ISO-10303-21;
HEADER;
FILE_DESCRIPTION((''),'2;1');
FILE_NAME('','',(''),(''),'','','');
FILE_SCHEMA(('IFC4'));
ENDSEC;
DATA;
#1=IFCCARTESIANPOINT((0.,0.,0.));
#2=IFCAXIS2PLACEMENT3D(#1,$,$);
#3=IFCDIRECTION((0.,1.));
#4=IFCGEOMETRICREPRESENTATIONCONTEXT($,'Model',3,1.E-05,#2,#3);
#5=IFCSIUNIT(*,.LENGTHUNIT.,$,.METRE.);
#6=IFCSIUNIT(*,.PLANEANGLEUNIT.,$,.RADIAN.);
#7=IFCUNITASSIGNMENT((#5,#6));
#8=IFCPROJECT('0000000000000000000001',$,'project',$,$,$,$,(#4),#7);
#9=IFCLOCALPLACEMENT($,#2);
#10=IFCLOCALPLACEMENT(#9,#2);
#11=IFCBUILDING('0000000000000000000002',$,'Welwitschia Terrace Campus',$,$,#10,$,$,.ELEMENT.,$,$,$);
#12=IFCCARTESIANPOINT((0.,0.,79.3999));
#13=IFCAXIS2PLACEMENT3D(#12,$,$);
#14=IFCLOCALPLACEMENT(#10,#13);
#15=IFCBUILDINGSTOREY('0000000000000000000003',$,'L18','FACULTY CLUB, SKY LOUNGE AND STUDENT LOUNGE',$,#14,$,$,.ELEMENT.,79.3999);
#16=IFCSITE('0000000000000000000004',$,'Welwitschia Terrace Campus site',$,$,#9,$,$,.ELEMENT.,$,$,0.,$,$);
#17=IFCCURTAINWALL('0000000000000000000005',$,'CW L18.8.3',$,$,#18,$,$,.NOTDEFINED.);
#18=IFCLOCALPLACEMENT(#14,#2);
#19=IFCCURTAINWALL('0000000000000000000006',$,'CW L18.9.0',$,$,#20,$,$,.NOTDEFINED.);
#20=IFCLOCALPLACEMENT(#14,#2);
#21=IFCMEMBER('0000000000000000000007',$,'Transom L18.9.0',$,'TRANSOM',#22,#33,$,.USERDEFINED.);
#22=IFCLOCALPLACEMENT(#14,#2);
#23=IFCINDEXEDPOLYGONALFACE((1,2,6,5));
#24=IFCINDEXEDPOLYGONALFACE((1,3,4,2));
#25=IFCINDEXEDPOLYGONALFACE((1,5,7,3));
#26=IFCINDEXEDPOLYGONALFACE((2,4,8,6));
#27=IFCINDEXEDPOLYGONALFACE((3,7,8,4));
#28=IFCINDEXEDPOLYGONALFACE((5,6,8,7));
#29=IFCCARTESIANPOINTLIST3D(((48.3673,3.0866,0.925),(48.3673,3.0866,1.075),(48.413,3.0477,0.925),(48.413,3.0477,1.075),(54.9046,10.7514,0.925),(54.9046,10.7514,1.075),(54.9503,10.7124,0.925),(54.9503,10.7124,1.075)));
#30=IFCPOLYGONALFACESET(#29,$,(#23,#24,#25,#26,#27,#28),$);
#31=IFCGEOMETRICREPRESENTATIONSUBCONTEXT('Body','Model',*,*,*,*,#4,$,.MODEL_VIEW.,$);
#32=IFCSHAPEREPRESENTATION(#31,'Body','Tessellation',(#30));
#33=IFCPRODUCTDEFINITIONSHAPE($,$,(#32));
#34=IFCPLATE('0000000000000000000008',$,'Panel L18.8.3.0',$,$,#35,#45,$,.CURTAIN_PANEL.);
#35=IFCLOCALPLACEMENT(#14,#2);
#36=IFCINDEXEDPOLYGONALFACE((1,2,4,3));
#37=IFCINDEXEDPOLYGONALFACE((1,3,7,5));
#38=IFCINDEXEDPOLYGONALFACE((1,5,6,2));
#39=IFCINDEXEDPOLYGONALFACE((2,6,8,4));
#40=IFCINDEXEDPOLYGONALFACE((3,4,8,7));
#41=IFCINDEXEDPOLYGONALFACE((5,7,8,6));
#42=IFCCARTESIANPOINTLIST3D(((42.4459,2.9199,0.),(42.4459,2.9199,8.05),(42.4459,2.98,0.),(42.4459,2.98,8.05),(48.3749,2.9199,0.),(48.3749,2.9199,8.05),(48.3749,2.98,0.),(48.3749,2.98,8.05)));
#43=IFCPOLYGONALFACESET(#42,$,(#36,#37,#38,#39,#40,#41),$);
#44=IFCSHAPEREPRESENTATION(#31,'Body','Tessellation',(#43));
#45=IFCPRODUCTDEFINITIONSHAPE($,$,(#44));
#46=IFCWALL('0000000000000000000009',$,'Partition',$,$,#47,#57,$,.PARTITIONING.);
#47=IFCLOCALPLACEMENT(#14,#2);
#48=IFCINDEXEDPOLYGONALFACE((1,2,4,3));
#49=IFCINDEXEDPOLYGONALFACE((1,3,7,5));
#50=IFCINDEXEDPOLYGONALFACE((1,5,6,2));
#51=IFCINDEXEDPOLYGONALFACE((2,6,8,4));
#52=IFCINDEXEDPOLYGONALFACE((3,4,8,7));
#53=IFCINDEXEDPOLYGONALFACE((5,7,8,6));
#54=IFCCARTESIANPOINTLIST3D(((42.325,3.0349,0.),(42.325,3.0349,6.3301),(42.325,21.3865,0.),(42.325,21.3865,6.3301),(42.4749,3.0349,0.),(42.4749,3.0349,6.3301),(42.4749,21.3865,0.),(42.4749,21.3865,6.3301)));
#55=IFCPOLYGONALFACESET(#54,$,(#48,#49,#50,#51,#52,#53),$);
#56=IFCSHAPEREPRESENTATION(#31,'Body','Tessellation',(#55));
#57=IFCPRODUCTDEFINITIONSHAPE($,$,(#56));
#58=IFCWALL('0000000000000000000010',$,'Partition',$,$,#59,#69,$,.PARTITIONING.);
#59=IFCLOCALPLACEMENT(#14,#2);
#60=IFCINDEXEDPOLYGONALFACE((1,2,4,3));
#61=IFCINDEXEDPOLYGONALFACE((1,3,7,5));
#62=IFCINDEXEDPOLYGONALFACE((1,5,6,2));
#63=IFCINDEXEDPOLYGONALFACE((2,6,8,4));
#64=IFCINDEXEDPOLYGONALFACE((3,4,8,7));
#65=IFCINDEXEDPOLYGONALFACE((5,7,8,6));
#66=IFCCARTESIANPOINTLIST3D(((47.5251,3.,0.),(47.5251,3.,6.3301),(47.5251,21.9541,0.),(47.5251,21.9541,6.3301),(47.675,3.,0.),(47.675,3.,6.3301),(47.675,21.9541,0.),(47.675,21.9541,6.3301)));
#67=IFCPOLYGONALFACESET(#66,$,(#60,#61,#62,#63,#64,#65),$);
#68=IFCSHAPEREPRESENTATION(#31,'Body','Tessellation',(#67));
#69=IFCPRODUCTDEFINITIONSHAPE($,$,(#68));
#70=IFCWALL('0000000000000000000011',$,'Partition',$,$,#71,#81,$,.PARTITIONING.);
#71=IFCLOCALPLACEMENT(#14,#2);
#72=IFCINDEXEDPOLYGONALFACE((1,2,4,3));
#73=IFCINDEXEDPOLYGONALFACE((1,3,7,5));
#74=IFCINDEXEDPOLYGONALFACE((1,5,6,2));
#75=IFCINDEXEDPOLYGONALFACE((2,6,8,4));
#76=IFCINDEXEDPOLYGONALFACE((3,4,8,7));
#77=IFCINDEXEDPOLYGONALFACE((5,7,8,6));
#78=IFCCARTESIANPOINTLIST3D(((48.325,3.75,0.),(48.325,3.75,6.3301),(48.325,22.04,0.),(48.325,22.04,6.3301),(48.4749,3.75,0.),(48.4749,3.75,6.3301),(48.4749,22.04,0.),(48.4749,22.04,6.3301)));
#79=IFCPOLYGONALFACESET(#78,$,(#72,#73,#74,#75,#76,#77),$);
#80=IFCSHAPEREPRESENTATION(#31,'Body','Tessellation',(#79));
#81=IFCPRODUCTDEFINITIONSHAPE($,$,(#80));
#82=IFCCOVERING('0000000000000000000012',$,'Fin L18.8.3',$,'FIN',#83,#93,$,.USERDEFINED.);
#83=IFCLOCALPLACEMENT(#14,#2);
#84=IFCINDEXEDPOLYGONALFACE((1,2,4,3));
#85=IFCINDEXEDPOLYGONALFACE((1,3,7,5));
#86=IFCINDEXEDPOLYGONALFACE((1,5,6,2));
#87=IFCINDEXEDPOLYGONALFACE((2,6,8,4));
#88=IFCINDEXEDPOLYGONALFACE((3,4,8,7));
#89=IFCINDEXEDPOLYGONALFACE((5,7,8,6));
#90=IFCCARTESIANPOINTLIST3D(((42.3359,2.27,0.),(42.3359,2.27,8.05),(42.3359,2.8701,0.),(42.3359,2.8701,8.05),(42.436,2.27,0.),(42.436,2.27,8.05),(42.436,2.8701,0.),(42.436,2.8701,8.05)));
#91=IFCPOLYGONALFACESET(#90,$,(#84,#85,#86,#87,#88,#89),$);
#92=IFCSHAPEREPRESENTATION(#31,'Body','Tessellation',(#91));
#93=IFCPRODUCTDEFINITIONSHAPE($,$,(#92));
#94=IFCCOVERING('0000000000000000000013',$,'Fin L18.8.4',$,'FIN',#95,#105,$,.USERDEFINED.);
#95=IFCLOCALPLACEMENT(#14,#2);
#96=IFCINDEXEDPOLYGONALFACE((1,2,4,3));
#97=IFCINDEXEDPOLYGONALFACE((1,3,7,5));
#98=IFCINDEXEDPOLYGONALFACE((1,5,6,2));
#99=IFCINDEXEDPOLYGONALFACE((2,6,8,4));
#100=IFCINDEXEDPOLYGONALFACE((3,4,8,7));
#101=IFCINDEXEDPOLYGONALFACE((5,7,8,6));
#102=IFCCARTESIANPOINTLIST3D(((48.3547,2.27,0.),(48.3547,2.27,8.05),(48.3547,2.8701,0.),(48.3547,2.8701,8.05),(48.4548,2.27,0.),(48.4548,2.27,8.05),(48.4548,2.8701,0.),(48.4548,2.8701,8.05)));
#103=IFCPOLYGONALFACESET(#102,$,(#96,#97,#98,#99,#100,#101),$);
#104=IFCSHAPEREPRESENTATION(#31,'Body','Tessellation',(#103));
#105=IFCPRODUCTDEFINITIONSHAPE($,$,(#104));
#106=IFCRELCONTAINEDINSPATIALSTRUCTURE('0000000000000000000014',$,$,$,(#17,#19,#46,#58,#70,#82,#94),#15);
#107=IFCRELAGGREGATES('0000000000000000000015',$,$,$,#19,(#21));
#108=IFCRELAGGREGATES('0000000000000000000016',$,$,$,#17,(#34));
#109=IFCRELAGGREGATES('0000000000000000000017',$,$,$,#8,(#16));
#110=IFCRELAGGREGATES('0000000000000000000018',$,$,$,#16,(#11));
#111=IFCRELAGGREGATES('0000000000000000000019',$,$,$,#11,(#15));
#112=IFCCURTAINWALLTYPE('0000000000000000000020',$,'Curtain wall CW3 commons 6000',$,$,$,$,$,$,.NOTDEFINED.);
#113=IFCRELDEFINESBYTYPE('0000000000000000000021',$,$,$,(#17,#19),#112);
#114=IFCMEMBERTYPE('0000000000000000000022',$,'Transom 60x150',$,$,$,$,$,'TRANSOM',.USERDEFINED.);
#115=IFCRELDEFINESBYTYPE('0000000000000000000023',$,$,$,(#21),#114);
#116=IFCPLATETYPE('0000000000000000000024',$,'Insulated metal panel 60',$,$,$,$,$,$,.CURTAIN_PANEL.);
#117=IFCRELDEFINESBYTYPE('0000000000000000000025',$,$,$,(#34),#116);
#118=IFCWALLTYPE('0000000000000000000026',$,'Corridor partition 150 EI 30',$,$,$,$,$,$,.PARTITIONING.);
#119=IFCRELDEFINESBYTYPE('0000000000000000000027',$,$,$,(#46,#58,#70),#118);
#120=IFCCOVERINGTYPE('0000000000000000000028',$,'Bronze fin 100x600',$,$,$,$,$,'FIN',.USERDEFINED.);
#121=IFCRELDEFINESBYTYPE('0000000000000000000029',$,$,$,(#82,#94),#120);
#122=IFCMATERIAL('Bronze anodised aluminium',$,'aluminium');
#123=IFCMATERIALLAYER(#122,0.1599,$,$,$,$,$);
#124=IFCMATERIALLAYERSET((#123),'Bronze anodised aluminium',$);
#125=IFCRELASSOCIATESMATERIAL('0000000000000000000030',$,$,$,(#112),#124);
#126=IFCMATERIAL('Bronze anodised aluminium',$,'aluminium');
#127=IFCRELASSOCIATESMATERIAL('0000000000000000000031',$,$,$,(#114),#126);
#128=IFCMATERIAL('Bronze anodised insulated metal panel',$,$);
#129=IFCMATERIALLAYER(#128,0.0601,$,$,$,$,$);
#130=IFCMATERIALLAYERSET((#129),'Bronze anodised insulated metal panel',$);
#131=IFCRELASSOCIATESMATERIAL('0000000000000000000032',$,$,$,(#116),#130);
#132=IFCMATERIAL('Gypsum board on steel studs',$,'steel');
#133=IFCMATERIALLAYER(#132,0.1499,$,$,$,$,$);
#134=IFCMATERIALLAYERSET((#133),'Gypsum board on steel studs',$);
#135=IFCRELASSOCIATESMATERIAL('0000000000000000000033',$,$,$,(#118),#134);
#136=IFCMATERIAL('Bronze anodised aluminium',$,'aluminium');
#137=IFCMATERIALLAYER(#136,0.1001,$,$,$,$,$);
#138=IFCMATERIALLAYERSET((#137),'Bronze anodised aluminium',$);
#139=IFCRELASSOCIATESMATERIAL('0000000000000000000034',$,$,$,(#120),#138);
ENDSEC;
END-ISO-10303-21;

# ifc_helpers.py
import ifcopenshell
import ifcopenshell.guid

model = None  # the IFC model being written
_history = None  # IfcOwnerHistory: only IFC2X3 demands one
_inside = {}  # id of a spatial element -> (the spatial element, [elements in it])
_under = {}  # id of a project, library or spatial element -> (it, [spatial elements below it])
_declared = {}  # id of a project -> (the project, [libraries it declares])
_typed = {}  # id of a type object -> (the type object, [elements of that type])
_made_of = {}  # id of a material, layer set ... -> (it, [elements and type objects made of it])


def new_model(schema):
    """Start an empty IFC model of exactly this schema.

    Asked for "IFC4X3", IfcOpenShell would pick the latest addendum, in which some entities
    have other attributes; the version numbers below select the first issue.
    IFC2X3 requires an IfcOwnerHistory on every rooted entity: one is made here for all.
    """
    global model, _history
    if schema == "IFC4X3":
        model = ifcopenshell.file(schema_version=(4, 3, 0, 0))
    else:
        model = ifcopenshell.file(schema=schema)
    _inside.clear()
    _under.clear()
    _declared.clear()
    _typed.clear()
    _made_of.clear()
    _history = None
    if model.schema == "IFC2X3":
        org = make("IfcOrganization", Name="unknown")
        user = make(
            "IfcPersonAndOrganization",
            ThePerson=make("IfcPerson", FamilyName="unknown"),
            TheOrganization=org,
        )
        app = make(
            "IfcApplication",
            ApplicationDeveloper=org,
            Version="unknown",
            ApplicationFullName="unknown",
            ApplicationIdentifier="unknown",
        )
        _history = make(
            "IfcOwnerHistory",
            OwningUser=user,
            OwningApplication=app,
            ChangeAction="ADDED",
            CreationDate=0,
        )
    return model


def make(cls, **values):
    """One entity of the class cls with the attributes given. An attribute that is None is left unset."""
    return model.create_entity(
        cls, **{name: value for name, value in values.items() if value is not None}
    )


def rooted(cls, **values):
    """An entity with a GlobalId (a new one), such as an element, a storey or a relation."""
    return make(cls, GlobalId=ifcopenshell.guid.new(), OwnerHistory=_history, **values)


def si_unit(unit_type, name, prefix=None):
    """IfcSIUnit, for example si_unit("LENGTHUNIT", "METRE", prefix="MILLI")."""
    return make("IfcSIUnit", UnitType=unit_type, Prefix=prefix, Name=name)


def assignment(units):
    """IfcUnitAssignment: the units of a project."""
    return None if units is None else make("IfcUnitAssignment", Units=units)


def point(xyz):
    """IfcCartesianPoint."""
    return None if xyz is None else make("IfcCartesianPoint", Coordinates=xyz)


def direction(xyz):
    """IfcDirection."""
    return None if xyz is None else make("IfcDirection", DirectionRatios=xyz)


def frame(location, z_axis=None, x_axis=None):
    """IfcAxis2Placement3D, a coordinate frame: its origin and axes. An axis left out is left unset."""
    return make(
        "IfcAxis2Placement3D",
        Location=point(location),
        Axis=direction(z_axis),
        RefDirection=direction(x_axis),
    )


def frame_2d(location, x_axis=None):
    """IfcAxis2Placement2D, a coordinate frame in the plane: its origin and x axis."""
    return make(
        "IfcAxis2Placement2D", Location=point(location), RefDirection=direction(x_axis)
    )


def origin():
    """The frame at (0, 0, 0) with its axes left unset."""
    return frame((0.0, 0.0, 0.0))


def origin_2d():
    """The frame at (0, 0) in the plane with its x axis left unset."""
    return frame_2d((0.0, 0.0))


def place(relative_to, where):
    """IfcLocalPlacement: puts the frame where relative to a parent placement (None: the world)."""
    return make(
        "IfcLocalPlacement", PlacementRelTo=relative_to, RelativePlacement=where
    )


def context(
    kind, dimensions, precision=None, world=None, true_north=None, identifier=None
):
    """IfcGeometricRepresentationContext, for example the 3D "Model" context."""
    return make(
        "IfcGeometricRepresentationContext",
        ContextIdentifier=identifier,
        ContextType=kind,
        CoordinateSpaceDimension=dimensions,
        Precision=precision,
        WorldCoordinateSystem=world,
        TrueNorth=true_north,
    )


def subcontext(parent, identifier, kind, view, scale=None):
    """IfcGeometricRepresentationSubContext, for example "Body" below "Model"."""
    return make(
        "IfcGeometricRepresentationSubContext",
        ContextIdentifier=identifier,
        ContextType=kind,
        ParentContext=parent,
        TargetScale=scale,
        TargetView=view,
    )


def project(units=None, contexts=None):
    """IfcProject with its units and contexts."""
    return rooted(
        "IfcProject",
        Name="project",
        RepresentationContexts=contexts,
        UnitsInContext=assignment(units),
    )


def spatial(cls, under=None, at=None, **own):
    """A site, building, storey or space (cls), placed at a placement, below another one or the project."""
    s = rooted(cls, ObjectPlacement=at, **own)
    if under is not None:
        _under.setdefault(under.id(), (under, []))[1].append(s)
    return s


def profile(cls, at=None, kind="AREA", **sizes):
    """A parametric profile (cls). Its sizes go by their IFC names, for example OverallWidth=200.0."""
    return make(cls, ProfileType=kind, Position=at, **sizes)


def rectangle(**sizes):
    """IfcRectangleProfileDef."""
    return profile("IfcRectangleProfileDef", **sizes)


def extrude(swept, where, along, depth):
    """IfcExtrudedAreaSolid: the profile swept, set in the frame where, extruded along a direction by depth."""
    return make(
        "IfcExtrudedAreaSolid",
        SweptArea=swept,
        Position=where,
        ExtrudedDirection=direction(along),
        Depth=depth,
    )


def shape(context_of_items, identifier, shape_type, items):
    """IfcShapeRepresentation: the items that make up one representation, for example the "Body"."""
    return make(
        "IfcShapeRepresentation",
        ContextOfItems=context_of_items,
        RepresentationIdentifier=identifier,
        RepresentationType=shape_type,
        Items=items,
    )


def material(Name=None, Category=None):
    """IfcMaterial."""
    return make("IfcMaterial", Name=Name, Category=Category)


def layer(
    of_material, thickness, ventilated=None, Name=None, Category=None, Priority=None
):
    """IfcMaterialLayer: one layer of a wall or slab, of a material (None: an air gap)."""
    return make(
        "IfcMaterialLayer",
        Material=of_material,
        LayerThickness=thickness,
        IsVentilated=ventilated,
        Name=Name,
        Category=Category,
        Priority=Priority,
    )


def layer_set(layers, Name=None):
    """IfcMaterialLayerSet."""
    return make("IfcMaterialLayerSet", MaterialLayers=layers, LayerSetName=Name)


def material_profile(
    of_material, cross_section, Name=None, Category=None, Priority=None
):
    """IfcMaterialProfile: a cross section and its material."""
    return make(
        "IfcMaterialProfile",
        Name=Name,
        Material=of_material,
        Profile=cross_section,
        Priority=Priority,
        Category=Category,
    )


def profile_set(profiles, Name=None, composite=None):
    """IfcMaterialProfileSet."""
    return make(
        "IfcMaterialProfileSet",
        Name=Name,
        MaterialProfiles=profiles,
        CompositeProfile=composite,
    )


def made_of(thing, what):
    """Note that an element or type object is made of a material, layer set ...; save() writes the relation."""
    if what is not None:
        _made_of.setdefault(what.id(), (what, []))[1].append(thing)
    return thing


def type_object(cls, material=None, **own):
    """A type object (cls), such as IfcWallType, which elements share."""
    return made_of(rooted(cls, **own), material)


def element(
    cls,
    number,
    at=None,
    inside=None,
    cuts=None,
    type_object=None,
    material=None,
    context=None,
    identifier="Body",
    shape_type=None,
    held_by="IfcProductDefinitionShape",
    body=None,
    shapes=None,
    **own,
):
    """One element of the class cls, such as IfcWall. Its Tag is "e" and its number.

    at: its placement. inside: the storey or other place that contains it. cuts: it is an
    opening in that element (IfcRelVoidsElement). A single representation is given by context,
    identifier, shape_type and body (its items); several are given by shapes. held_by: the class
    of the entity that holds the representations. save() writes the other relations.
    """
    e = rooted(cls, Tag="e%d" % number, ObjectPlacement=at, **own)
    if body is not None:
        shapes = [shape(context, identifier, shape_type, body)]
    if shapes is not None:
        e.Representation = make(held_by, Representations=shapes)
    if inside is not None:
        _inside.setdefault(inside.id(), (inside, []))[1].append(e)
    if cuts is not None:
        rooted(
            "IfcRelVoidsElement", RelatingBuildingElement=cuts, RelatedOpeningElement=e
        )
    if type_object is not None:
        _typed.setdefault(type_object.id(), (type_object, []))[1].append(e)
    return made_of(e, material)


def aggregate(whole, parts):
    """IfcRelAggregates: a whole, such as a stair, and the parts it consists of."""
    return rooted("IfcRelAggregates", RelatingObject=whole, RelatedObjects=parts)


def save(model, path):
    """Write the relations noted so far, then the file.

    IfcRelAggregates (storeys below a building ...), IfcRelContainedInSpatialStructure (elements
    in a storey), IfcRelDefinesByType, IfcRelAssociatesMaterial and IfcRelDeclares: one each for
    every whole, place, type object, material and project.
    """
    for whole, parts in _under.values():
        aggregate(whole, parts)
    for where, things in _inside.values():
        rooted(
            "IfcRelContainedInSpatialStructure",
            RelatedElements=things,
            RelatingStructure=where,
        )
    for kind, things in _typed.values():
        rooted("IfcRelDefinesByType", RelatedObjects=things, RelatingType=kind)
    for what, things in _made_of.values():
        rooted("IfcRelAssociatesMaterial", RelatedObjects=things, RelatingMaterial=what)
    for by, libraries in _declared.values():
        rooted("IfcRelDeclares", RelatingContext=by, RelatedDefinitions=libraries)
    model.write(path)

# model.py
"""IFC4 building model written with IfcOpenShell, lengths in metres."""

from ifc_helpers import new_model, si_unit, direction, frame, frame_2d, origin, origin_2d, place, context, subcontext, project, spatial, rectangle, extrude, material, layer, layer_set, material_profile, profile_set, type_object, element, aggregate, save


model = new_model("IFC4")

# Units and contexts
model_context = context("Model", 3, precision=1e-05, world=origin(), true_north=direction((0.0, 1.0)))
body_context = subcontext(model_context, "Body", "Model", "MODEL_VIEW")
ifc_project = project(units=[si_unit("LENGTHUNIT", "METRE"), si_unit("PLANEANGLEUNIT", "RADIAN")], contexts=[model_context])

# Site, building, storey
site_placement = place(None, origin())
site = spatial("IfcSite", under=ifc_project, at=site_placement, Name="Welwitschia Terrace Campus site", CompositionType="ELEMENT", RefElevation=0.0)
building_placement = place(site_placement, origin())
building = spatial("IfcBuilding", under=site, at=building_placement, Name="Welwitschia Terrace Campus", CompositionType="ELEMENT")
storey_placement = place(building_placement, frame((0.0, 0.0, 79.3999)))
storey = spatial("IfcBuildingStorey", under=building, at=storey_placement, Name="L18", Description="FACULTY CLUB, SKY LOUNGE AND STUDENT LOUNGE", CompositionType="ELEMENT", Elevation=79.3999)

# Curtain wall
ifc_material_1 = material(Name="Bronze anodised aluminium", Category="aluminium")
ifc_layer_1 = layer(ifc_material_1, 0.1599)
ifc_layer_set_1 = layer_set([ifc_layer_1], Name="Bronze anodised aluminium")
curtain_wall_type = type_object("IfcCurtainWallType", Name="Curtain wall CW3 commons 6000", PredefinedType="NOTDEFINED", material=ifc_layer_set_1)
curtain_wall_1_placement = place(storey_placement, origin())
curtain_wall_1 = element("IfcCurtainWall", 1, at=curtain_wall_1_placement, inside=storey, type_object=curtain_wall_type, Name="CW L18.8.3", PredefinedType="NOTDEFINED")

# Shared definitions
ifc_material_2 = material(Name="Bronze anodised aluminium", Category="aluminium")
ifc_material_profile_1 = material_profile(ifc_material_2, rectangle(XDim=0.0601, YDim=0.1499, at=origin_2d()))
ifc_profile_set_1 = profile_set([ifc_material_profile_1], Name="Bronze anodised aluminium")
member_type_1 = type_object("IfcMemberType", Name="Transom 60x150", ElementType="TRANSOM", PredefinedType="USERDEFINED", material=ifc_profile_set_1)

# Curtain wall, member
curtain_wall_2_placement = place(storey_placement, origin())
curtain_wall_2 = element("IfcCurtainWall", 2, at=curtain_wall_2_placement, inside=storey, type_object=curtain_wall_type, Name="CW L18.9.0", PredefinedType="NOTDEFINED")
member_1_placement = place(storey_placement, frame((48.3901, 3.0671, 1.0), z_axis=(0.648931, 0.760847, 0.0), x_axis=(-0.760847, 0.648931, 0.0)))
member_1 = element("IfcMember", 3, at=member_1_placement, type_object=member_type_1, Name="Transom L18.9.0", ObjectType="TRANSOM", PredefinedType="USERDEFINED", context=body_context, shape_type="SweptSolid", body=[
    extrude(rectangle(XDim=0.0601, YDim=0.1499, at=origin_2d()), origin(), (0.0, 0.0, 1.0), 10.074),
])
aggregate(curtain_wall_2, [member_1])

# Plate
ifc_material_3 = material(Name="Bronze anodised insulated metal panel")
ifc_layer_2 = layer(ifc_material_3, 0.0601)
ifc_layer_set_2 = layer_set([ifc_layer_2], Name="Bronze anodised insulated metal panel")
plate_type = type_object("IfcPlateType", Name="Insulated metal panel 60", PredefinedType="CURTAIN_PANEL", material=ifc_layer_set_2)
plate_placement = place(storey_placement, frame((45.4104, 2.95, 0.0), z_axis=(0.0, 0.0, 1.0), x_axis=(1.0, 0.0, 0.0)))
plate = element("IfcPlate", 4, at=plate_placement, type_object=plate_type, Name="Panel L18.8.3.0", PredefinedType="CURTAIN_PANEL", context=body_context, shape_type="SweptSolid", body=[
    extrude(rectangle(XDim=5.929, YDim=0.0601, at=origin_2d()), origin(), (0.0, 0.0, 1.0), 8.05),
])
aggregate(curtain_wall_1, [plate])

# Walls
ifc_material_4 = material(Name="Gypsum board on steel studs", Category="steel")
ifc_layer_3 = layer(ifc_material_4, 0.1499)
ifc_layer_set_3 = layer_set([ifc_layer_3], Name="Gypsum board on steel studs")
wall_type = type_object("IfcWallType", Name="Corridor partition 150 EI 30", PredefinedType="PARTITIONING", material=ifc_layer_set_3)
wall_1_placement = place(storey_placement, frame((42.3999, 3.0349, 0.0), z_axis=(0.0, 0.0, 1.0), x_axis=(0.0, 1.0, 0.0)))
element("IfcWall", 5, at=wall_1_placement, inside=storey, type_object=wall_type, Name="Partition", PredefinedType="PARTITIONING", context=body_context, shape_type="SweptSolid", body=[
    extrude(rectangle(XDim=18.3516, YDim=0.1499, at=frame_2d((9.1758, 0.0))), origin(), (0.0, 0.0, 1.0), 6.3301),
])
wall_2_placement = place(storey_placement, frame((47.6001, 3.0, 0.0), z_axis=(0.0, 0.0, 1.0), x_axis=(0.0, 1.0, 0.0)))
element("IfcWall", 6, at=wall_2_placement, inside=storey, type_object=wall_type, Name="Partition", PredefinedType="PARTITIONING", context=body_context, shape_type="SweptSolid", body=[
    extrude(rectangle(XDim=18.9541, YDim=0.1499, at=frame_2d((9.4771, 0.0))), origin(), (0.0, 0.0, 1.0), 6.3301),
])
wall_3_placement = place(storey_placement, frame((48.3999, 3.75, 0.0), z_axis=(0.0, 0.0, 1.0), x_axis=(0.0, 1.0, 0.0)))
element("IfcWall", 7, at=wall_3_placement, inside=storey, type_object=wall_type, Name="Partition", PredefinedType="PARTITIONING", context=body_context, shape_type="SweptSolid", body=[
    extrude(rectangle(XDim=18.29, YDim=0.1499, at=frame_2d((9.145, 0.0))), origin(), (0.0, 0.0, 1.0), 6.3301),
])

# Coverings
ifc_material_5 = material(Name="Bronze anodised aluminium", Category="aluminium")
ifc_layer_4 = layer(ifc_material_5, 0.1001)
ifc_layer_set_4 = layer_set([ifc_layer_4], Name="Bronze anodised aluminium")
covering_type = type_object("IfcCoveringType", Name="Bronze fin 100x600", ElementType="FIN", PredefinedType="USERDEFINED", material=ifc_layer_set_4)
for number, where, z_axis, x_axis, name in (
    (8, (42.386, 2.5701, 0.0), (0.0, 0.0, 1.0), (1.0, 0.0, 0.0), "Fin L18.8.3"),
    (9, (48.4048, 2.5701, 0.0), (0.0, 0.0, 1.0), (1.0, 0.0, 0.0), "Fin L18.8.4"),
):
    element("IfcCovering", number, at=place(storey_placement, frame(where, z_axis=z_axis, x_axis=x_axis)), inside=storey, type_object=covering_type, Name=name, ObjectType="FIN", PredefinedType="USERDEFINED", context=body_context, shape_type="SweptSolid", body=[
        extrude(rectangle(XDim=0.1001, YDim=0.6001, at=origin_2d()), origin(), (0.0, 0.0, 1.0), 8.05),
    ])

save(model, "model.ifc")
